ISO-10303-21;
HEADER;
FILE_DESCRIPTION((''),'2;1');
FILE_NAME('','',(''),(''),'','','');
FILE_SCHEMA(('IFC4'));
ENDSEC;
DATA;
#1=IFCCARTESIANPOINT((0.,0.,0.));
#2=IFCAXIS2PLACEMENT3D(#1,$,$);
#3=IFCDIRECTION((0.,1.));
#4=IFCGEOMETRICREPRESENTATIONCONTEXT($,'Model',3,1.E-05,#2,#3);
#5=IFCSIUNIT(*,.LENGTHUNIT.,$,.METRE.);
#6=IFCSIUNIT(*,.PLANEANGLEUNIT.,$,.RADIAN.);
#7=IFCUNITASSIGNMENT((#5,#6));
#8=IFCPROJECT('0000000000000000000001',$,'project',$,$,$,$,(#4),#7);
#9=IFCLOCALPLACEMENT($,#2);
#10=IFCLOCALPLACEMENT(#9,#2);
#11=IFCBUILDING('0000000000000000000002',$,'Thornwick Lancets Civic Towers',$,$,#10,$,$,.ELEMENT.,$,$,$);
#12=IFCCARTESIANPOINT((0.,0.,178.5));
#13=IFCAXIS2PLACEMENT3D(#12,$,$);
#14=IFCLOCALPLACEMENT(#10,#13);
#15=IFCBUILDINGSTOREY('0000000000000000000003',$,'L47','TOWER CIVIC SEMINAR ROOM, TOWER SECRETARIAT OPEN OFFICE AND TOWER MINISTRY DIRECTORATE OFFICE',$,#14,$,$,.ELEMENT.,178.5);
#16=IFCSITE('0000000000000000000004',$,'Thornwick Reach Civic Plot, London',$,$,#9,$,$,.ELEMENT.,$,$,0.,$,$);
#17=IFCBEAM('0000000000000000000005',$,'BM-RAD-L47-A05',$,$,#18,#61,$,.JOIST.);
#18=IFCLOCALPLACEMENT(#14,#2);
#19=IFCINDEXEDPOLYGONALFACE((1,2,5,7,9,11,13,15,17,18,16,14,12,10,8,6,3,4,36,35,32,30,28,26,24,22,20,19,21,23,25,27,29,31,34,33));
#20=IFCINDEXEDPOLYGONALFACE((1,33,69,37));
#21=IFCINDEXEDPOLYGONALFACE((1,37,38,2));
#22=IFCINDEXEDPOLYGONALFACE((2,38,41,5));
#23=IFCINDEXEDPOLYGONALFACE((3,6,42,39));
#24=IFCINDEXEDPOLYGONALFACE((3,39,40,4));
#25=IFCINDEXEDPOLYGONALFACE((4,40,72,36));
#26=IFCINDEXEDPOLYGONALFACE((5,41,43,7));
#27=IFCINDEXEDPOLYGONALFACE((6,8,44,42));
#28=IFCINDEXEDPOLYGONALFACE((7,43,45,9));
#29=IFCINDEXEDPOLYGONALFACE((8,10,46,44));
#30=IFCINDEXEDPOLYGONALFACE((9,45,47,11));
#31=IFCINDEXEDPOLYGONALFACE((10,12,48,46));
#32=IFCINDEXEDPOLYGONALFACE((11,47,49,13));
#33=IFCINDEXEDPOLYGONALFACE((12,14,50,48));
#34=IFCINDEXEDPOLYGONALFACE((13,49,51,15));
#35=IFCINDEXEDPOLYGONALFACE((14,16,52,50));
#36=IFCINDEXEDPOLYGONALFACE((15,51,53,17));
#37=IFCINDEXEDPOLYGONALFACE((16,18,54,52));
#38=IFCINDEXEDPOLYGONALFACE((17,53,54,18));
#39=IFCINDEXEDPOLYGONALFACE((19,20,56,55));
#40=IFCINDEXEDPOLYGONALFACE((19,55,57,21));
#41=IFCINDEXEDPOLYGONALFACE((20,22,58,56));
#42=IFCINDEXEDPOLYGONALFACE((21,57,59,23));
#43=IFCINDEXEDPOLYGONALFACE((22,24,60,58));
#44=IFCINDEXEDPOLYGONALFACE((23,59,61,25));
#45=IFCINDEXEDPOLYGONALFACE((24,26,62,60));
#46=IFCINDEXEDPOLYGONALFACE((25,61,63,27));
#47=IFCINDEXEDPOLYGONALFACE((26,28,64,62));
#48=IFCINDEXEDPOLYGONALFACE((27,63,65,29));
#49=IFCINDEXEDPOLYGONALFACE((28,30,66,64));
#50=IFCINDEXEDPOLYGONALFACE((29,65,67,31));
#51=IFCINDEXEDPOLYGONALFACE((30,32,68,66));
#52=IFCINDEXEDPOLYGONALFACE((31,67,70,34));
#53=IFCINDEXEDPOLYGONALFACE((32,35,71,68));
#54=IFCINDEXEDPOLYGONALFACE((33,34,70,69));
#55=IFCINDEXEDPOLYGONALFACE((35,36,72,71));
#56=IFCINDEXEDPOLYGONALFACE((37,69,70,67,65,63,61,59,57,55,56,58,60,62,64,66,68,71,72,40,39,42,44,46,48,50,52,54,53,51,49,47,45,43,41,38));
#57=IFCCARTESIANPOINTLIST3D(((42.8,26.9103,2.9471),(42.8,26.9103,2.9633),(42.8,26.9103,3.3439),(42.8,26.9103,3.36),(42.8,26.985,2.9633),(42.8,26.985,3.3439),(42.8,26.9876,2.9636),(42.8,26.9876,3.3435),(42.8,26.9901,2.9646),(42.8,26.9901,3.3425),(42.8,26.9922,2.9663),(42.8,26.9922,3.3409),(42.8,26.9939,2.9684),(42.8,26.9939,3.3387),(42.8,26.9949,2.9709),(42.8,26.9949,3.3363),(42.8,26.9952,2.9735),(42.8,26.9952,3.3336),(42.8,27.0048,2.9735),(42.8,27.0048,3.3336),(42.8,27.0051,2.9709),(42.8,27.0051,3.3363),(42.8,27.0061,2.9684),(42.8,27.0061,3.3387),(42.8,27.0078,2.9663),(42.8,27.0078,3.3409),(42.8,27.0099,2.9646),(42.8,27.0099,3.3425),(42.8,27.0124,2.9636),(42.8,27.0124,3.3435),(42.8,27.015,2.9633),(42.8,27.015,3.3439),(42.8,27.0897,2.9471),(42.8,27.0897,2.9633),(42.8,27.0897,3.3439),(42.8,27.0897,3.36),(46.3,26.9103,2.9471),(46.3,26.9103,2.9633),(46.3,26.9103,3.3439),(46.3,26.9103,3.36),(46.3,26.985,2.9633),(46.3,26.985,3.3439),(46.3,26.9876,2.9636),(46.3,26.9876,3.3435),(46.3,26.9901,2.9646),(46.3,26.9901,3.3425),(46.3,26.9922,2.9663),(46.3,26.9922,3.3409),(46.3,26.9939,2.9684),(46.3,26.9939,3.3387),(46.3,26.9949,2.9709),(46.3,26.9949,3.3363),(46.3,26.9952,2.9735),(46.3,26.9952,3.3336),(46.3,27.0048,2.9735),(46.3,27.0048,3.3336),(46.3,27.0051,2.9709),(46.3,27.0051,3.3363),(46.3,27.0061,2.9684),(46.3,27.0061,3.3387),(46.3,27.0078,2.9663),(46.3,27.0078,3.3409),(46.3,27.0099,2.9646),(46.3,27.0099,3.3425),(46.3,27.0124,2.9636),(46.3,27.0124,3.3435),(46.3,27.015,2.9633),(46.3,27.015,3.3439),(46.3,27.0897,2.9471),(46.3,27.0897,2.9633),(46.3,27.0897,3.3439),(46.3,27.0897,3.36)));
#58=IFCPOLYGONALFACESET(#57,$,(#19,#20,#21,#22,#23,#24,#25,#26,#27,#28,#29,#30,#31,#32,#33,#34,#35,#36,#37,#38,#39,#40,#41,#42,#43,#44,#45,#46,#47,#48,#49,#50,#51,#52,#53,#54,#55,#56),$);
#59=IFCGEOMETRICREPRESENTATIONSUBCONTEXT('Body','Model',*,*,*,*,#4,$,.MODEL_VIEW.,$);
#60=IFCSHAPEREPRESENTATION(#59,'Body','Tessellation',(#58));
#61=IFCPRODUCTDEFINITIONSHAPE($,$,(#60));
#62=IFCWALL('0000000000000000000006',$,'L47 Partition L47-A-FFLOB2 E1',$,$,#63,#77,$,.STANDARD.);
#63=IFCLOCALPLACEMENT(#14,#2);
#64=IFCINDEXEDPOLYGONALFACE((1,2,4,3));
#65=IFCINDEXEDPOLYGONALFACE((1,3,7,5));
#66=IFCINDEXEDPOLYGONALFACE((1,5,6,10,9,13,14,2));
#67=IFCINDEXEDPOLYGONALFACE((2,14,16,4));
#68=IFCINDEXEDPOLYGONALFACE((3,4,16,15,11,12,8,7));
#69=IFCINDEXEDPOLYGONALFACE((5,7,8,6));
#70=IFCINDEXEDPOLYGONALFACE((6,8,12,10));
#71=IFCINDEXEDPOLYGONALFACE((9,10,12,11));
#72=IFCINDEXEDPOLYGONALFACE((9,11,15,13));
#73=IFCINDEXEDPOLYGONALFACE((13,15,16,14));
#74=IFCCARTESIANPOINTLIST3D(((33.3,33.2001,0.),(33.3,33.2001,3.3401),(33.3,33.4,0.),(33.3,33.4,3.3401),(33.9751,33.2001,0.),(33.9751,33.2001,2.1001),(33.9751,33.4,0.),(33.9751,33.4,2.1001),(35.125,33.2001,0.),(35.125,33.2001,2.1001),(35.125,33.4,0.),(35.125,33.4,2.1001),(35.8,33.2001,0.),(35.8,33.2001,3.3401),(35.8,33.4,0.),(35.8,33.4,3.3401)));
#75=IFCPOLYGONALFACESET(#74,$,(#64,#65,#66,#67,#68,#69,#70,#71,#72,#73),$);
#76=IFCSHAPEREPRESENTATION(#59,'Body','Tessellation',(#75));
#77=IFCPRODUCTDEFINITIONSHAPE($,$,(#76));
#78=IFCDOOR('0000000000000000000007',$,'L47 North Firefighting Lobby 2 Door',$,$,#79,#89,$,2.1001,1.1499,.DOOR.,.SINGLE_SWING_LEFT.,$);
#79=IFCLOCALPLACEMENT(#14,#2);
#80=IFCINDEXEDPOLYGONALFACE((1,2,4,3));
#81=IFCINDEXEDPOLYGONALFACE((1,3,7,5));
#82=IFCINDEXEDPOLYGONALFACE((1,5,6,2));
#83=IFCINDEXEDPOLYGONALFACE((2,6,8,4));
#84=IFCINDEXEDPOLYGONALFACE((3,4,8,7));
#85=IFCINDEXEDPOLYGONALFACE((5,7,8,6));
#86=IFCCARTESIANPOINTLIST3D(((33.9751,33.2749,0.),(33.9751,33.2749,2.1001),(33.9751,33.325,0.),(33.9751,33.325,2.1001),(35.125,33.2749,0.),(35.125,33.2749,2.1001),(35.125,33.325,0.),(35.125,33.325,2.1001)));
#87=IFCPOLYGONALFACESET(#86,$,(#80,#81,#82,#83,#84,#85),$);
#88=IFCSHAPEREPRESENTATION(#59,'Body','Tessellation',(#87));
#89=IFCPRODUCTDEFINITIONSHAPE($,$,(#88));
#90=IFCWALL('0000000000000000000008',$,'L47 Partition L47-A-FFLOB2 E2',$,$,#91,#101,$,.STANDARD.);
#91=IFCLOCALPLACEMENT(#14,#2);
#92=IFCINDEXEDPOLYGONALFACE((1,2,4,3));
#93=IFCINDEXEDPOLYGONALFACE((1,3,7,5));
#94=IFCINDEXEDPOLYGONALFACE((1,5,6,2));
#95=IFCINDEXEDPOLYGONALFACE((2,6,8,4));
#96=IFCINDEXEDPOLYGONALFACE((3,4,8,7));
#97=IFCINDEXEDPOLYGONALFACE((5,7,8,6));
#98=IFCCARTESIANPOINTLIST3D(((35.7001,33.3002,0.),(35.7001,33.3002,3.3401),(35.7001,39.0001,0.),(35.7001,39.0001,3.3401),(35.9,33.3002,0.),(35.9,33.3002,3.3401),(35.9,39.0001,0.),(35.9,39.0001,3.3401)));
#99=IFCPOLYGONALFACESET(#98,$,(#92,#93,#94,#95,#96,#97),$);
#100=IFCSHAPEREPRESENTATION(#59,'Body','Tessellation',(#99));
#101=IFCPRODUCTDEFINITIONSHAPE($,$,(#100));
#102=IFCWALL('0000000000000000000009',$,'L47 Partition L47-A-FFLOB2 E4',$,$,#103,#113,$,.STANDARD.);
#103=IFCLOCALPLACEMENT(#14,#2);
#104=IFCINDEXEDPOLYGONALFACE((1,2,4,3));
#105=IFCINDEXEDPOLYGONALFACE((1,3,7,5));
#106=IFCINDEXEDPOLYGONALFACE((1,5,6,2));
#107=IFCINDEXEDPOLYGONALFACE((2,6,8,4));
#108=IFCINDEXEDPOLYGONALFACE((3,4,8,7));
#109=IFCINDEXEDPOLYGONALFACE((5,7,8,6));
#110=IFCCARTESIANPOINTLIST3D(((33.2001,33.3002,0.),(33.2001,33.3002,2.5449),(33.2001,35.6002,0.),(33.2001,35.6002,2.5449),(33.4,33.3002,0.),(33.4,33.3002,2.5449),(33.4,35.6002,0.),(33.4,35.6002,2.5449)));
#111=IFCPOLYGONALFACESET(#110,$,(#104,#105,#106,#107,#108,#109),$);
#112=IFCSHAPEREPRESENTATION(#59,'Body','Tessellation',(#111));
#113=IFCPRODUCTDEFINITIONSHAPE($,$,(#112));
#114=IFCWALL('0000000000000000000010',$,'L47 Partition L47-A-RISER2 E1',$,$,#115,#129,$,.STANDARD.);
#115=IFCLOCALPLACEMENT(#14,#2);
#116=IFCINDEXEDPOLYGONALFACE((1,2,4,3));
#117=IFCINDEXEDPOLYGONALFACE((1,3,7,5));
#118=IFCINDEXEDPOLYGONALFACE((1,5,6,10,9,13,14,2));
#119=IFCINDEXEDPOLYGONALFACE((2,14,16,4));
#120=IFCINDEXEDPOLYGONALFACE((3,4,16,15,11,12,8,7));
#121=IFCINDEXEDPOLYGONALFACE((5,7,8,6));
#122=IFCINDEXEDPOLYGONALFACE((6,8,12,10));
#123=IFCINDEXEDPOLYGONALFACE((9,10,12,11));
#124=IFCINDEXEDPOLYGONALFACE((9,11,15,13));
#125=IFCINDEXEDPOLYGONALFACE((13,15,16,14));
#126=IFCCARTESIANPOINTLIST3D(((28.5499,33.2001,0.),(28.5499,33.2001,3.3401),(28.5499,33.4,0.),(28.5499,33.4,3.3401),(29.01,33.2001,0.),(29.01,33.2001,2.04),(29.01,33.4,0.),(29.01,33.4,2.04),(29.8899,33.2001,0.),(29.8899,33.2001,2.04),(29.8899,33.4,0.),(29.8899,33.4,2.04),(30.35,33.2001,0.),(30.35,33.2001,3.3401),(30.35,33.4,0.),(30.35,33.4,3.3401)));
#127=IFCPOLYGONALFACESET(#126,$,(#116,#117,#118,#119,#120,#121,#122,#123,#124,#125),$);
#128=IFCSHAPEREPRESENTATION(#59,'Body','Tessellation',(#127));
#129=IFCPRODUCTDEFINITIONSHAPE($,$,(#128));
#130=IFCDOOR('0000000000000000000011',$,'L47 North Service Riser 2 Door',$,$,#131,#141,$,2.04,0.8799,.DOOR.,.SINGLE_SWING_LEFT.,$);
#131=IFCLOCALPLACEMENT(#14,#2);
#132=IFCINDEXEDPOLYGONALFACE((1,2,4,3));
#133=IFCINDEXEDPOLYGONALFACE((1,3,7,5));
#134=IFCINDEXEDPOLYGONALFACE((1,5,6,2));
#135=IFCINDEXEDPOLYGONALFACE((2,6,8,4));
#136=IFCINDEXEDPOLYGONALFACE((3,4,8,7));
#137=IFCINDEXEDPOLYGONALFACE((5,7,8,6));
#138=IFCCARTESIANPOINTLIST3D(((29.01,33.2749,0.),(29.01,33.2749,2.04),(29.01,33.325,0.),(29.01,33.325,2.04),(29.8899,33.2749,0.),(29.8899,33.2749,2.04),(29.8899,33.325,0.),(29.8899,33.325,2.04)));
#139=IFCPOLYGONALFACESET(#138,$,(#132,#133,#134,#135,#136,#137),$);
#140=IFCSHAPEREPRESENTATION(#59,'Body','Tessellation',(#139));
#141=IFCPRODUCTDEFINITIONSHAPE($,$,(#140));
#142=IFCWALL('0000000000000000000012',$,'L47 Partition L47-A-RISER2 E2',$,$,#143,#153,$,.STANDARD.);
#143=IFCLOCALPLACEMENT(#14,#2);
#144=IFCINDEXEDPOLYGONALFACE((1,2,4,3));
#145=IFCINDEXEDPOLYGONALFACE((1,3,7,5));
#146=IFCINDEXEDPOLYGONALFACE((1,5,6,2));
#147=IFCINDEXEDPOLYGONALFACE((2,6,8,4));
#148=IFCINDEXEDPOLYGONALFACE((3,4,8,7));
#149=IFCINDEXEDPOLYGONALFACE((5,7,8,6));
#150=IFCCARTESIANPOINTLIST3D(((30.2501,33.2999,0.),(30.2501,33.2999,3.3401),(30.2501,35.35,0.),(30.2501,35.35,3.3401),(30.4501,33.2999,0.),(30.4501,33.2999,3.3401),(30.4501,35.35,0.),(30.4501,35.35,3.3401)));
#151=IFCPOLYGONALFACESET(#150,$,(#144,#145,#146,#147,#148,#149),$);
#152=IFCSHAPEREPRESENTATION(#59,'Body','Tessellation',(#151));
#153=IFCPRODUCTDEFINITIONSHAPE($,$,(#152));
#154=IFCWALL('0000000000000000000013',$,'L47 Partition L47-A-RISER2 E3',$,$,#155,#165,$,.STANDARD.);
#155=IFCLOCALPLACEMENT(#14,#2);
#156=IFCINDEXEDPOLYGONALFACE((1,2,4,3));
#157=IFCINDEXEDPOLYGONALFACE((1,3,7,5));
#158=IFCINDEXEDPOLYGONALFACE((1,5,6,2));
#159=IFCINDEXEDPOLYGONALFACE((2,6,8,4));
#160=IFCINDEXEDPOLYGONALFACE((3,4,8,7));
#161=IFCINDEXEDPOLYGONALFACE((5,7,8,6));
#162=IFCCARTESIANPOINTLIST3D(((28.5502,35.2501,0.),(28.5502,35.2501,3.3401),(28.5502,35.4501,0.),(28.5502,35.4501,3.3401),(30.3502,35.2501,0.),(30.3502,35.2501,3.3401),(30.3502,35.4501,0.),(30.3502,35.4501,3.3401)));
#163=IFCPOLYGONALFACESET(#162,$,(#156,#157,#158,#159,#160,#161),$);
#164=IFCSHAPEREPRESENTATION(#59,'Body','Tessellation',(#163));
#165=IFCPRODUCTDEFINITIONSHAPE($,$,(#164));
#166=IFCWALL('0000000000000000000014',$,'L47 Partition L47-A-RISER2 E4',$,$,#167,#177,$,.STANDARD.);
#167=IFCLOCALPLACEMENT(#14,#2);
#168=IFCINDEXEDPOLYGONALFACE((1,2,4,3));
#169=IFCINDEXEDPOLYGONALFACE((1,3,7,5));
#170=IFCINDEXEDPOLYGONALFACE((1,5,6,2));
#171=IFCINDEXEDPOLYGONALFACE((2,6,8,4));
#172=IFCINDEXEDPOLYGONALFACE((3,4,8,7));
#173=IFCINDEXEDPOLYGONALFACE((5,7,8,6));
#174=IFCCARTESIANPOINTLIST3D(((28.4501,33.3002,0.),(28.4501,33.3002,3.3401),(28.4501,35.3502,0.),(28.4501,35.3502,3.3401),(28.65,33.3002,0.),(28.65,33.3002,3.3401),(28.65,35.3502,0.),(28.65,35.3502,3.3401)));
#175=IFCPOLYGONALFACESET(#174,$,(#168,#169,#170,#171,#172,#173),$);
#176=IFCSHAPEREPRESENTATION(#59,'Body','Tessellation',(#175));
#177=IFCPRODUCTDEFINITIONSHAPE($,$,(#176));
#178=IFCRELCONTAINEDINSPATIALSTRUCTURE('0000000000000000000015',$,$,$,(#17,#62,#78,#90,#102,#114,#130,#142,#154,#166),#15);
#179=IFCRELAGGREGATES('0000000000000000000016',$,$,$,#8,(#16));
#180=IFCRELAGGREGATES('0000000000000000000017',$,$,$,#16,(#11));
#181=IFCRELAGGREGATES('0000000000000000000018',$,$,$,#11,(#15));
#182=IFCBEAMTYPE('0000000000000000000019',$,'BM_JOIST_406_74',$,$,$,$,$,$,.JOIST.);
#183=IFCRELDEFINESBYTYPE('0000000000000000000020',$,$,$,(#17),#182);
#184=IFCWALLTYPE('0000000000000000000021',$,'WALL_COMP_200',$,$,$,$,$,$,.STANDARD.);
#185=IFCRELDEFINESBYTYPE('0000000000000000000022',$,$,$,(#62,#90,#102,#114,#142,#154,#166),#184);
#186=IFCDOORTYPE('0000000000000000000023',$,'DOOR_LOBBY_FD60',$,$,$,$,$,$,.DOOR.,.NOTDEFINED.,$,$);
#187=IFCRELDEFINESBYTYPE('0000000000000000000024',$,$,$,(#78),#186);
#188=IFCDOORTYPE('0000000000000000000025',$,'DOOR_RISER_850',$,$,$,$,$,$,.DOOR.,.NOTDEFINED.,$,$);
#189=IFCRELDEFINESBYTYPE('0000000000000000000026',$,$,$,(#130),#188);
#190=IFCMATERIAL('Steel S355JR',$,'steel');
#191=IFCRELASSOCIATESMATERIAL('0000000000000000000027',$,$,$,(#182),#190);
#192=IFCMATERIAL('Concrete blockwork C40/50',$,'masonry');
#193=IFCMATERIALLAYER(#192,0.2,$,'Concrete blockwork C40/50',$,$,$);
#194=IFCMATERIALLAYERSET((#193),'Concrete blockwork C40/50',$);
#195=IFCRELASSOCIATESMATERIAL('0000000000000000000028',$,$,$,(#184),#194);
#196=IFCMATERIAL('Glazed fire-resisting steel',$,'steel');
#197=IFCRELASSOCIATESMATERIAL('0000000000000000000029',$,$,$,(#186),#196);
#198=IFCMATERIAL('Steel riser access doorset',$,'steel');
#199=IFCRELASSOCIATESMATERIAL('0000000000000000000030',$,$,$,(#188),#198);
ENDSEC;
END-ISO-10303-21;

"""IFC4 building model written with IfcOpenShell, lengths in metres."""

from ifc_helpers import new_model, si_unit, direction, frame, frame_2d, origin, origin_2d, place, context, subcontext, project, spatial, rectangle, i_section, extrude, material, layer, layer_set, material_profile, profile_set, type_object, element, fill, save


model = new_model("IFC4")

# Units and contexts
model_context = context("Model", 3, precision=1e-05, world=origin(), true_north=direction((0.0, 1.0)))
body_context = subcontext(model_context, "Body", "Model", "MODEL_VIEW")
ifc_project = project(units=[si_unit("LENGTHUNIT", "METRE"), si_unit("PLANEANGLEUNIT", "RADIAN")], contexts=[model_context])

# Site, building, storey
site_placement = place(None, origin())
site = spatial("IfcSite", under=ifc_project, at=site_placement, Name="Thornwick Reach Civic Plot, London", CompositionType="ELEMENT", RefElevation=0.0)
building_placement = place(site_placement, origin())
building = spatial("IfcBuilding", under=site, at=building_placement, Name="Thornwick Lancets Civic Towers", CompositionType="ELEMENT")
storey_placement = place(building_placement, frame((0.0, 0.0, 178.5)))
storey = spatial("IfcBuildingStorey", under=building, at=storey_placement, Name="L47", Description="TOWER CIVIC SEMINAR ROOM, TOWER SECRETARIAT OPEN OFFICE AND TOWER MINISTRY DIRECTORATE OFFICE", CompositionType="ELEMENT", Elevation=178.5)

# Beam
ifc_material_1 = material(Name="Steel S355JR", Category="steel")
ifc_material_profile_1 = material_profile(ifc_material_1, i_section(OverallWidth=0.1794, OverallDepth=0.4128, WebThickness=0.0095, FlangeThickness=0.0161, FilletRadius=0.0103, at=origin_2d()), Name="UKB 406x178x74")
ifc_profile_set_1 = profile_set([ifc_material_profile_1], Name="Steel S355JR")
beam_type_1 = type_object("IfcBeamType", Name="BM_JOIST_406_74", PredefinedType="JOIST", material=ifc_profile_set_1)
beam_1_placement = place(storey_placement, frame((42.8, 27.0, 3.1536), z_axis=(1.0, 0.0, 0.0), x_axis=(0.0, 1.0, 0.0)))
element("IfcBeam", 1, at=beam_1_placement, inside=storey, type_object=beam_type_1, Name="BM-RAD-L47-A05", PredefinedType="JOIST", context=body_context, shape_type="SweptSolid", body=[
    extrude(i_section(OverallWidth=0.1794, OverallDepth=0.4128, WebThickness=0.0095, FlangeThickness=0.0161, FilletRadius=0.0103, at=origin_2d()), origin(), (0.0, 0.0, 1.0), 3.5),
])

# Wall, opening, door
ifc_material_2 = material(Name="Concrete blockwork C40/50", Category="masonry")
ifc_layer_1 = layer(ifc_material_2, 0.2, Name="Concrete blockwork C40/50")
ifc_layer_set_1 = layer_set([ifc_layer_1], Name="Concrete blockwork C40/50")
wall_type_1 = type_object("IfcWallType", Name="WALL_COMP_200", PredefinedType="STANDARD", material=ifc_layer_set_1)
wall_1_placement = place(storey_placement, frame((33.3, 33.3, 0.0), z_axis=(0.0, 0.0, 1.0), x_axis=(1.0, 0.0, 0.0)))
wall_1 = element("IfcWall", 2, at=wall_1_placement, inside=storey, type_object=wall_type_1, Name="L47 Partition L47-A-FFLOB2 E1", PredefinedType="STANDARD", context=body_context, shape_type="SweptSolid", body=[
    extrude(rectangle(XDim=2.5, YDim=0.2, at=frame_2d((1.25, 0.0))), origin(), (0.0, 0.0, 1.0), 3.3401),
])
opening_1_placement = place(wall_1_placement, frame((0.675, 0.0, 0.0)))
opening_1 = element("IfcOpeningElement", 3, at=opening_1_placement, cuts=wall_1, PredefinedType="OPENING", context=body_context, shape_type="SweptSolid", body=[
    extrude(rectangle(XDim=1.1499, YDim=2.1001, at=frame_2d((0.575, 1.05))), frame((0.0, 0.1099, 0.0), z_axis=(0.0, -1.0, 0.0), x_axis=(1.0, 0.0, 0.0)), (0.0, 0.0, 1.0), 0.22),
])
ifc_material_3 = material(Name="Glazed fire-resisting steel", Category="steel")
door_type_1 = type_object("IfcDoorType", Name="DOOR_LOBBY_FD60", OperationType="NOTDEFINED", PredefinedType="DOOR", material=ifc_material_3)
door_1_placement = place(opening_1_placement, origin())
door_1 = element("IfcDoor", 4, at=door_1_placement, inside=storey, type_object=door_type_1, Name="L47 North Firefighting Lobby 2 Door", OperationType="SINGLE_SWING_LEFT", OverallHeight=2.1001, OverallWidth=1.1499, PredefinedType="DOOR", context=body_context, shape_type="SweptSolid", body=[
    extrude(rectangle(XDim=1.1499, YDim=2.1001, at=frame_2d((0.575, 1.05))), frame((0.0, 0.0249, 0.0), z_axis=(0.0, -1.0, 0.0), x_axis=(1.0, 0.0, 0.0)), (0.0, 0.0, 1.0), 0.05),
])
fill(opening_1, door_1)

# Walls
wall_2_placement = place(storey_placement, frame((35.8, 33.3, 0.0), z_axis=(0.0, 0.0, 1.0), x_axis=(0.0, 1.0, 0.0)))
element("IfcWall", 5, at=wall_2_placement, inside=storey, type_object=wall_type_1, Name="L47 Partition L47-A-FFLOB2 E2", PredefinedType="STANDARD", context=body_context, shape_type="SweptSolid", body=[
    extrude(rectangle(XDim=5.7, YDim=0.2, at=frame_2d((2.8501, 0.0))), origin(), (0.0, 0.0, 1.0), 3.3401),
])
wall_3_placement = place(storey_placement, frame((33.3, 35.6001, 0.0), z_axis=(0.0, 0.0, 1.0), x_axis=(0.0, -1.0, 0.0)))
element("IfcWall", 6, at=wall_3_placement, inside=storey, type_object=wall_type_1, Name="L47 Partition L47-A-FFLOB2 E4", PredefinedType="STANDARD", context=body_context, shape_type="SweptSolid", body=[
    extrude(rectangle(XDim=2.3, YDim=0.2, at=frame_2d((1.1499, 0.0))), origin(), (0.0, 0.0, 1.0), 2.5449),
])

# Wall, opening, door
wall_4_placement = place(storey_placement, frame((28.55, 33.3, 0.0), z_axis=(0.0, 0.0, 1.0), x_axis=(1.0, 0.0, 0.0)))
wall_4 = element("IfcWall", 7, at=wall_4_placement, inside=storey, type_object=wall_type_1, Name="L47 Partition L47-A-RISER2 E1", PredefinedType="STANDARD", context=body_context, shape_type="SweptSolid", body=[
    extrude(rectangle(XDim=1.8, YDim=0.2, at=frame_2d((0.8999, 0.0))), origin(), (0.0, 0.0, 1.0), 3.3401),
])
opening_2_placement = place(wall_4_placement, frame((0.46, 0.0, 0.0)))
opening_2 = element("IfcOpeningElement", 8, at=opening_2_placement, cuts=wall_4, PredefinedType="OPENING", context=body_context, shape_type="SweptSolid", body=[
    extrude(rectangle(XDim=0.8799, YDim=2.04, at=frame_2d((0.4399, 1.02))), frame((0.0, 0.1099, 0.0), z_axis=(0.0, -1.0, 0.0), x_axis=(1.0, 0.0, 0.0)), (0.0, 0.0, 1.0), 0.22),
])
ifc_material_4 = material(Name="Steel riser access doorset", Category="steel")
door_type_2 = type_object("IfcDoorType", Name="DOOR_RISER_850", OperationType="NOTDEFINED", PredefinedType="DOOR", material=ifc_material_4)
door_2_placement = place(opening_2_placement, origin())
door_2 = element("IfcDoor", 9, at=door_2_placement, inside=storey, type_object=door_type_2, Name="L47 North Service Riser 2 Door", OperationType="SINGLE_SWING_LEFT", OverallHeight=2.04, OverallWidth=0.8799, PredefinedType="DOOR", context=body_context, shape_type="SweptSolid", body=[
    extrude(rectangle(XDim=0.8799, YDim=2.04, at=frame_2d((0.4399, 1.02))), frame((0.0, 0.0249, 0.0), z_axis=(0.0, -1.0, 0.0), x_axis=(1.0, 0.0, 0.0)), (0.0, 0.0, 1.0), 0.05),
])
fill(opening_2, door_2)

# Walls
wall_5_placement = place(storey_placement, frame((30.3501, 33.3, 0.0), z_axis=(0.0, 0.0, 1.0), x_axis=(0.0, 1.0, 0.0)))
element("IfcWall", 10, at=wall_5_placement, inside=storey, type_object=wall_type_1, Name="L47 Partition L47-A-RISER2 E2", PredefinedType="STANDARD", context=body_context, shape_type="SweptSolid", body=[
    extrude(rectangle(XDim=2.05, YDim=0.2, at=frame_2d((1.0249, 0.0))), origin(), (0.0, 0.0, 1.0), 3.3401),
])
wall_6_placement = place(storey_placement, frame((30.3501, 35.3501, 0.0), z_axis=(0.0, 0.0, 1.0), x_axis=(-1.0, 0.0, 0.0)))
element("IfcWall", 11, at=wall_6_placement, inside=storey, type_object=wall_type_1, Name="L47 Partition L47-A-RISER2 E3", PredefinedType="STANDARD", context=body_context, shape_type="SweptSolid", body=[
    extrude(rectangle(XDim=1.8, YDim=0.2, at=frame_2d((0.8999, 0.0))), origin(), (0.0, 0.0, 1.0), 3.3401),
])
wall_7_placement = place(storey_placement, frame((28.55, 35.3501, 0.0), z_axis=(0.0, 0.0, 1.0), x_axis=(0.0, -1.0, 0.0)))
element("IfcWall", 12, at=wall_7_placement, inside=storey, type_object=wall_type_1, Name="L47 Partition L47-A-RISER2 E4", PredefinedType="STANDARD", context=body_context, shape_type="SweptSolid", body=[
    extrude(rectangle(XDim=2.05, YDim=0.2, at=frame_2d((1.0249, 0.0))), origin(), (0.0, 0.0, 1.0), 3.3401),
])

save(model, "model.ifc")
